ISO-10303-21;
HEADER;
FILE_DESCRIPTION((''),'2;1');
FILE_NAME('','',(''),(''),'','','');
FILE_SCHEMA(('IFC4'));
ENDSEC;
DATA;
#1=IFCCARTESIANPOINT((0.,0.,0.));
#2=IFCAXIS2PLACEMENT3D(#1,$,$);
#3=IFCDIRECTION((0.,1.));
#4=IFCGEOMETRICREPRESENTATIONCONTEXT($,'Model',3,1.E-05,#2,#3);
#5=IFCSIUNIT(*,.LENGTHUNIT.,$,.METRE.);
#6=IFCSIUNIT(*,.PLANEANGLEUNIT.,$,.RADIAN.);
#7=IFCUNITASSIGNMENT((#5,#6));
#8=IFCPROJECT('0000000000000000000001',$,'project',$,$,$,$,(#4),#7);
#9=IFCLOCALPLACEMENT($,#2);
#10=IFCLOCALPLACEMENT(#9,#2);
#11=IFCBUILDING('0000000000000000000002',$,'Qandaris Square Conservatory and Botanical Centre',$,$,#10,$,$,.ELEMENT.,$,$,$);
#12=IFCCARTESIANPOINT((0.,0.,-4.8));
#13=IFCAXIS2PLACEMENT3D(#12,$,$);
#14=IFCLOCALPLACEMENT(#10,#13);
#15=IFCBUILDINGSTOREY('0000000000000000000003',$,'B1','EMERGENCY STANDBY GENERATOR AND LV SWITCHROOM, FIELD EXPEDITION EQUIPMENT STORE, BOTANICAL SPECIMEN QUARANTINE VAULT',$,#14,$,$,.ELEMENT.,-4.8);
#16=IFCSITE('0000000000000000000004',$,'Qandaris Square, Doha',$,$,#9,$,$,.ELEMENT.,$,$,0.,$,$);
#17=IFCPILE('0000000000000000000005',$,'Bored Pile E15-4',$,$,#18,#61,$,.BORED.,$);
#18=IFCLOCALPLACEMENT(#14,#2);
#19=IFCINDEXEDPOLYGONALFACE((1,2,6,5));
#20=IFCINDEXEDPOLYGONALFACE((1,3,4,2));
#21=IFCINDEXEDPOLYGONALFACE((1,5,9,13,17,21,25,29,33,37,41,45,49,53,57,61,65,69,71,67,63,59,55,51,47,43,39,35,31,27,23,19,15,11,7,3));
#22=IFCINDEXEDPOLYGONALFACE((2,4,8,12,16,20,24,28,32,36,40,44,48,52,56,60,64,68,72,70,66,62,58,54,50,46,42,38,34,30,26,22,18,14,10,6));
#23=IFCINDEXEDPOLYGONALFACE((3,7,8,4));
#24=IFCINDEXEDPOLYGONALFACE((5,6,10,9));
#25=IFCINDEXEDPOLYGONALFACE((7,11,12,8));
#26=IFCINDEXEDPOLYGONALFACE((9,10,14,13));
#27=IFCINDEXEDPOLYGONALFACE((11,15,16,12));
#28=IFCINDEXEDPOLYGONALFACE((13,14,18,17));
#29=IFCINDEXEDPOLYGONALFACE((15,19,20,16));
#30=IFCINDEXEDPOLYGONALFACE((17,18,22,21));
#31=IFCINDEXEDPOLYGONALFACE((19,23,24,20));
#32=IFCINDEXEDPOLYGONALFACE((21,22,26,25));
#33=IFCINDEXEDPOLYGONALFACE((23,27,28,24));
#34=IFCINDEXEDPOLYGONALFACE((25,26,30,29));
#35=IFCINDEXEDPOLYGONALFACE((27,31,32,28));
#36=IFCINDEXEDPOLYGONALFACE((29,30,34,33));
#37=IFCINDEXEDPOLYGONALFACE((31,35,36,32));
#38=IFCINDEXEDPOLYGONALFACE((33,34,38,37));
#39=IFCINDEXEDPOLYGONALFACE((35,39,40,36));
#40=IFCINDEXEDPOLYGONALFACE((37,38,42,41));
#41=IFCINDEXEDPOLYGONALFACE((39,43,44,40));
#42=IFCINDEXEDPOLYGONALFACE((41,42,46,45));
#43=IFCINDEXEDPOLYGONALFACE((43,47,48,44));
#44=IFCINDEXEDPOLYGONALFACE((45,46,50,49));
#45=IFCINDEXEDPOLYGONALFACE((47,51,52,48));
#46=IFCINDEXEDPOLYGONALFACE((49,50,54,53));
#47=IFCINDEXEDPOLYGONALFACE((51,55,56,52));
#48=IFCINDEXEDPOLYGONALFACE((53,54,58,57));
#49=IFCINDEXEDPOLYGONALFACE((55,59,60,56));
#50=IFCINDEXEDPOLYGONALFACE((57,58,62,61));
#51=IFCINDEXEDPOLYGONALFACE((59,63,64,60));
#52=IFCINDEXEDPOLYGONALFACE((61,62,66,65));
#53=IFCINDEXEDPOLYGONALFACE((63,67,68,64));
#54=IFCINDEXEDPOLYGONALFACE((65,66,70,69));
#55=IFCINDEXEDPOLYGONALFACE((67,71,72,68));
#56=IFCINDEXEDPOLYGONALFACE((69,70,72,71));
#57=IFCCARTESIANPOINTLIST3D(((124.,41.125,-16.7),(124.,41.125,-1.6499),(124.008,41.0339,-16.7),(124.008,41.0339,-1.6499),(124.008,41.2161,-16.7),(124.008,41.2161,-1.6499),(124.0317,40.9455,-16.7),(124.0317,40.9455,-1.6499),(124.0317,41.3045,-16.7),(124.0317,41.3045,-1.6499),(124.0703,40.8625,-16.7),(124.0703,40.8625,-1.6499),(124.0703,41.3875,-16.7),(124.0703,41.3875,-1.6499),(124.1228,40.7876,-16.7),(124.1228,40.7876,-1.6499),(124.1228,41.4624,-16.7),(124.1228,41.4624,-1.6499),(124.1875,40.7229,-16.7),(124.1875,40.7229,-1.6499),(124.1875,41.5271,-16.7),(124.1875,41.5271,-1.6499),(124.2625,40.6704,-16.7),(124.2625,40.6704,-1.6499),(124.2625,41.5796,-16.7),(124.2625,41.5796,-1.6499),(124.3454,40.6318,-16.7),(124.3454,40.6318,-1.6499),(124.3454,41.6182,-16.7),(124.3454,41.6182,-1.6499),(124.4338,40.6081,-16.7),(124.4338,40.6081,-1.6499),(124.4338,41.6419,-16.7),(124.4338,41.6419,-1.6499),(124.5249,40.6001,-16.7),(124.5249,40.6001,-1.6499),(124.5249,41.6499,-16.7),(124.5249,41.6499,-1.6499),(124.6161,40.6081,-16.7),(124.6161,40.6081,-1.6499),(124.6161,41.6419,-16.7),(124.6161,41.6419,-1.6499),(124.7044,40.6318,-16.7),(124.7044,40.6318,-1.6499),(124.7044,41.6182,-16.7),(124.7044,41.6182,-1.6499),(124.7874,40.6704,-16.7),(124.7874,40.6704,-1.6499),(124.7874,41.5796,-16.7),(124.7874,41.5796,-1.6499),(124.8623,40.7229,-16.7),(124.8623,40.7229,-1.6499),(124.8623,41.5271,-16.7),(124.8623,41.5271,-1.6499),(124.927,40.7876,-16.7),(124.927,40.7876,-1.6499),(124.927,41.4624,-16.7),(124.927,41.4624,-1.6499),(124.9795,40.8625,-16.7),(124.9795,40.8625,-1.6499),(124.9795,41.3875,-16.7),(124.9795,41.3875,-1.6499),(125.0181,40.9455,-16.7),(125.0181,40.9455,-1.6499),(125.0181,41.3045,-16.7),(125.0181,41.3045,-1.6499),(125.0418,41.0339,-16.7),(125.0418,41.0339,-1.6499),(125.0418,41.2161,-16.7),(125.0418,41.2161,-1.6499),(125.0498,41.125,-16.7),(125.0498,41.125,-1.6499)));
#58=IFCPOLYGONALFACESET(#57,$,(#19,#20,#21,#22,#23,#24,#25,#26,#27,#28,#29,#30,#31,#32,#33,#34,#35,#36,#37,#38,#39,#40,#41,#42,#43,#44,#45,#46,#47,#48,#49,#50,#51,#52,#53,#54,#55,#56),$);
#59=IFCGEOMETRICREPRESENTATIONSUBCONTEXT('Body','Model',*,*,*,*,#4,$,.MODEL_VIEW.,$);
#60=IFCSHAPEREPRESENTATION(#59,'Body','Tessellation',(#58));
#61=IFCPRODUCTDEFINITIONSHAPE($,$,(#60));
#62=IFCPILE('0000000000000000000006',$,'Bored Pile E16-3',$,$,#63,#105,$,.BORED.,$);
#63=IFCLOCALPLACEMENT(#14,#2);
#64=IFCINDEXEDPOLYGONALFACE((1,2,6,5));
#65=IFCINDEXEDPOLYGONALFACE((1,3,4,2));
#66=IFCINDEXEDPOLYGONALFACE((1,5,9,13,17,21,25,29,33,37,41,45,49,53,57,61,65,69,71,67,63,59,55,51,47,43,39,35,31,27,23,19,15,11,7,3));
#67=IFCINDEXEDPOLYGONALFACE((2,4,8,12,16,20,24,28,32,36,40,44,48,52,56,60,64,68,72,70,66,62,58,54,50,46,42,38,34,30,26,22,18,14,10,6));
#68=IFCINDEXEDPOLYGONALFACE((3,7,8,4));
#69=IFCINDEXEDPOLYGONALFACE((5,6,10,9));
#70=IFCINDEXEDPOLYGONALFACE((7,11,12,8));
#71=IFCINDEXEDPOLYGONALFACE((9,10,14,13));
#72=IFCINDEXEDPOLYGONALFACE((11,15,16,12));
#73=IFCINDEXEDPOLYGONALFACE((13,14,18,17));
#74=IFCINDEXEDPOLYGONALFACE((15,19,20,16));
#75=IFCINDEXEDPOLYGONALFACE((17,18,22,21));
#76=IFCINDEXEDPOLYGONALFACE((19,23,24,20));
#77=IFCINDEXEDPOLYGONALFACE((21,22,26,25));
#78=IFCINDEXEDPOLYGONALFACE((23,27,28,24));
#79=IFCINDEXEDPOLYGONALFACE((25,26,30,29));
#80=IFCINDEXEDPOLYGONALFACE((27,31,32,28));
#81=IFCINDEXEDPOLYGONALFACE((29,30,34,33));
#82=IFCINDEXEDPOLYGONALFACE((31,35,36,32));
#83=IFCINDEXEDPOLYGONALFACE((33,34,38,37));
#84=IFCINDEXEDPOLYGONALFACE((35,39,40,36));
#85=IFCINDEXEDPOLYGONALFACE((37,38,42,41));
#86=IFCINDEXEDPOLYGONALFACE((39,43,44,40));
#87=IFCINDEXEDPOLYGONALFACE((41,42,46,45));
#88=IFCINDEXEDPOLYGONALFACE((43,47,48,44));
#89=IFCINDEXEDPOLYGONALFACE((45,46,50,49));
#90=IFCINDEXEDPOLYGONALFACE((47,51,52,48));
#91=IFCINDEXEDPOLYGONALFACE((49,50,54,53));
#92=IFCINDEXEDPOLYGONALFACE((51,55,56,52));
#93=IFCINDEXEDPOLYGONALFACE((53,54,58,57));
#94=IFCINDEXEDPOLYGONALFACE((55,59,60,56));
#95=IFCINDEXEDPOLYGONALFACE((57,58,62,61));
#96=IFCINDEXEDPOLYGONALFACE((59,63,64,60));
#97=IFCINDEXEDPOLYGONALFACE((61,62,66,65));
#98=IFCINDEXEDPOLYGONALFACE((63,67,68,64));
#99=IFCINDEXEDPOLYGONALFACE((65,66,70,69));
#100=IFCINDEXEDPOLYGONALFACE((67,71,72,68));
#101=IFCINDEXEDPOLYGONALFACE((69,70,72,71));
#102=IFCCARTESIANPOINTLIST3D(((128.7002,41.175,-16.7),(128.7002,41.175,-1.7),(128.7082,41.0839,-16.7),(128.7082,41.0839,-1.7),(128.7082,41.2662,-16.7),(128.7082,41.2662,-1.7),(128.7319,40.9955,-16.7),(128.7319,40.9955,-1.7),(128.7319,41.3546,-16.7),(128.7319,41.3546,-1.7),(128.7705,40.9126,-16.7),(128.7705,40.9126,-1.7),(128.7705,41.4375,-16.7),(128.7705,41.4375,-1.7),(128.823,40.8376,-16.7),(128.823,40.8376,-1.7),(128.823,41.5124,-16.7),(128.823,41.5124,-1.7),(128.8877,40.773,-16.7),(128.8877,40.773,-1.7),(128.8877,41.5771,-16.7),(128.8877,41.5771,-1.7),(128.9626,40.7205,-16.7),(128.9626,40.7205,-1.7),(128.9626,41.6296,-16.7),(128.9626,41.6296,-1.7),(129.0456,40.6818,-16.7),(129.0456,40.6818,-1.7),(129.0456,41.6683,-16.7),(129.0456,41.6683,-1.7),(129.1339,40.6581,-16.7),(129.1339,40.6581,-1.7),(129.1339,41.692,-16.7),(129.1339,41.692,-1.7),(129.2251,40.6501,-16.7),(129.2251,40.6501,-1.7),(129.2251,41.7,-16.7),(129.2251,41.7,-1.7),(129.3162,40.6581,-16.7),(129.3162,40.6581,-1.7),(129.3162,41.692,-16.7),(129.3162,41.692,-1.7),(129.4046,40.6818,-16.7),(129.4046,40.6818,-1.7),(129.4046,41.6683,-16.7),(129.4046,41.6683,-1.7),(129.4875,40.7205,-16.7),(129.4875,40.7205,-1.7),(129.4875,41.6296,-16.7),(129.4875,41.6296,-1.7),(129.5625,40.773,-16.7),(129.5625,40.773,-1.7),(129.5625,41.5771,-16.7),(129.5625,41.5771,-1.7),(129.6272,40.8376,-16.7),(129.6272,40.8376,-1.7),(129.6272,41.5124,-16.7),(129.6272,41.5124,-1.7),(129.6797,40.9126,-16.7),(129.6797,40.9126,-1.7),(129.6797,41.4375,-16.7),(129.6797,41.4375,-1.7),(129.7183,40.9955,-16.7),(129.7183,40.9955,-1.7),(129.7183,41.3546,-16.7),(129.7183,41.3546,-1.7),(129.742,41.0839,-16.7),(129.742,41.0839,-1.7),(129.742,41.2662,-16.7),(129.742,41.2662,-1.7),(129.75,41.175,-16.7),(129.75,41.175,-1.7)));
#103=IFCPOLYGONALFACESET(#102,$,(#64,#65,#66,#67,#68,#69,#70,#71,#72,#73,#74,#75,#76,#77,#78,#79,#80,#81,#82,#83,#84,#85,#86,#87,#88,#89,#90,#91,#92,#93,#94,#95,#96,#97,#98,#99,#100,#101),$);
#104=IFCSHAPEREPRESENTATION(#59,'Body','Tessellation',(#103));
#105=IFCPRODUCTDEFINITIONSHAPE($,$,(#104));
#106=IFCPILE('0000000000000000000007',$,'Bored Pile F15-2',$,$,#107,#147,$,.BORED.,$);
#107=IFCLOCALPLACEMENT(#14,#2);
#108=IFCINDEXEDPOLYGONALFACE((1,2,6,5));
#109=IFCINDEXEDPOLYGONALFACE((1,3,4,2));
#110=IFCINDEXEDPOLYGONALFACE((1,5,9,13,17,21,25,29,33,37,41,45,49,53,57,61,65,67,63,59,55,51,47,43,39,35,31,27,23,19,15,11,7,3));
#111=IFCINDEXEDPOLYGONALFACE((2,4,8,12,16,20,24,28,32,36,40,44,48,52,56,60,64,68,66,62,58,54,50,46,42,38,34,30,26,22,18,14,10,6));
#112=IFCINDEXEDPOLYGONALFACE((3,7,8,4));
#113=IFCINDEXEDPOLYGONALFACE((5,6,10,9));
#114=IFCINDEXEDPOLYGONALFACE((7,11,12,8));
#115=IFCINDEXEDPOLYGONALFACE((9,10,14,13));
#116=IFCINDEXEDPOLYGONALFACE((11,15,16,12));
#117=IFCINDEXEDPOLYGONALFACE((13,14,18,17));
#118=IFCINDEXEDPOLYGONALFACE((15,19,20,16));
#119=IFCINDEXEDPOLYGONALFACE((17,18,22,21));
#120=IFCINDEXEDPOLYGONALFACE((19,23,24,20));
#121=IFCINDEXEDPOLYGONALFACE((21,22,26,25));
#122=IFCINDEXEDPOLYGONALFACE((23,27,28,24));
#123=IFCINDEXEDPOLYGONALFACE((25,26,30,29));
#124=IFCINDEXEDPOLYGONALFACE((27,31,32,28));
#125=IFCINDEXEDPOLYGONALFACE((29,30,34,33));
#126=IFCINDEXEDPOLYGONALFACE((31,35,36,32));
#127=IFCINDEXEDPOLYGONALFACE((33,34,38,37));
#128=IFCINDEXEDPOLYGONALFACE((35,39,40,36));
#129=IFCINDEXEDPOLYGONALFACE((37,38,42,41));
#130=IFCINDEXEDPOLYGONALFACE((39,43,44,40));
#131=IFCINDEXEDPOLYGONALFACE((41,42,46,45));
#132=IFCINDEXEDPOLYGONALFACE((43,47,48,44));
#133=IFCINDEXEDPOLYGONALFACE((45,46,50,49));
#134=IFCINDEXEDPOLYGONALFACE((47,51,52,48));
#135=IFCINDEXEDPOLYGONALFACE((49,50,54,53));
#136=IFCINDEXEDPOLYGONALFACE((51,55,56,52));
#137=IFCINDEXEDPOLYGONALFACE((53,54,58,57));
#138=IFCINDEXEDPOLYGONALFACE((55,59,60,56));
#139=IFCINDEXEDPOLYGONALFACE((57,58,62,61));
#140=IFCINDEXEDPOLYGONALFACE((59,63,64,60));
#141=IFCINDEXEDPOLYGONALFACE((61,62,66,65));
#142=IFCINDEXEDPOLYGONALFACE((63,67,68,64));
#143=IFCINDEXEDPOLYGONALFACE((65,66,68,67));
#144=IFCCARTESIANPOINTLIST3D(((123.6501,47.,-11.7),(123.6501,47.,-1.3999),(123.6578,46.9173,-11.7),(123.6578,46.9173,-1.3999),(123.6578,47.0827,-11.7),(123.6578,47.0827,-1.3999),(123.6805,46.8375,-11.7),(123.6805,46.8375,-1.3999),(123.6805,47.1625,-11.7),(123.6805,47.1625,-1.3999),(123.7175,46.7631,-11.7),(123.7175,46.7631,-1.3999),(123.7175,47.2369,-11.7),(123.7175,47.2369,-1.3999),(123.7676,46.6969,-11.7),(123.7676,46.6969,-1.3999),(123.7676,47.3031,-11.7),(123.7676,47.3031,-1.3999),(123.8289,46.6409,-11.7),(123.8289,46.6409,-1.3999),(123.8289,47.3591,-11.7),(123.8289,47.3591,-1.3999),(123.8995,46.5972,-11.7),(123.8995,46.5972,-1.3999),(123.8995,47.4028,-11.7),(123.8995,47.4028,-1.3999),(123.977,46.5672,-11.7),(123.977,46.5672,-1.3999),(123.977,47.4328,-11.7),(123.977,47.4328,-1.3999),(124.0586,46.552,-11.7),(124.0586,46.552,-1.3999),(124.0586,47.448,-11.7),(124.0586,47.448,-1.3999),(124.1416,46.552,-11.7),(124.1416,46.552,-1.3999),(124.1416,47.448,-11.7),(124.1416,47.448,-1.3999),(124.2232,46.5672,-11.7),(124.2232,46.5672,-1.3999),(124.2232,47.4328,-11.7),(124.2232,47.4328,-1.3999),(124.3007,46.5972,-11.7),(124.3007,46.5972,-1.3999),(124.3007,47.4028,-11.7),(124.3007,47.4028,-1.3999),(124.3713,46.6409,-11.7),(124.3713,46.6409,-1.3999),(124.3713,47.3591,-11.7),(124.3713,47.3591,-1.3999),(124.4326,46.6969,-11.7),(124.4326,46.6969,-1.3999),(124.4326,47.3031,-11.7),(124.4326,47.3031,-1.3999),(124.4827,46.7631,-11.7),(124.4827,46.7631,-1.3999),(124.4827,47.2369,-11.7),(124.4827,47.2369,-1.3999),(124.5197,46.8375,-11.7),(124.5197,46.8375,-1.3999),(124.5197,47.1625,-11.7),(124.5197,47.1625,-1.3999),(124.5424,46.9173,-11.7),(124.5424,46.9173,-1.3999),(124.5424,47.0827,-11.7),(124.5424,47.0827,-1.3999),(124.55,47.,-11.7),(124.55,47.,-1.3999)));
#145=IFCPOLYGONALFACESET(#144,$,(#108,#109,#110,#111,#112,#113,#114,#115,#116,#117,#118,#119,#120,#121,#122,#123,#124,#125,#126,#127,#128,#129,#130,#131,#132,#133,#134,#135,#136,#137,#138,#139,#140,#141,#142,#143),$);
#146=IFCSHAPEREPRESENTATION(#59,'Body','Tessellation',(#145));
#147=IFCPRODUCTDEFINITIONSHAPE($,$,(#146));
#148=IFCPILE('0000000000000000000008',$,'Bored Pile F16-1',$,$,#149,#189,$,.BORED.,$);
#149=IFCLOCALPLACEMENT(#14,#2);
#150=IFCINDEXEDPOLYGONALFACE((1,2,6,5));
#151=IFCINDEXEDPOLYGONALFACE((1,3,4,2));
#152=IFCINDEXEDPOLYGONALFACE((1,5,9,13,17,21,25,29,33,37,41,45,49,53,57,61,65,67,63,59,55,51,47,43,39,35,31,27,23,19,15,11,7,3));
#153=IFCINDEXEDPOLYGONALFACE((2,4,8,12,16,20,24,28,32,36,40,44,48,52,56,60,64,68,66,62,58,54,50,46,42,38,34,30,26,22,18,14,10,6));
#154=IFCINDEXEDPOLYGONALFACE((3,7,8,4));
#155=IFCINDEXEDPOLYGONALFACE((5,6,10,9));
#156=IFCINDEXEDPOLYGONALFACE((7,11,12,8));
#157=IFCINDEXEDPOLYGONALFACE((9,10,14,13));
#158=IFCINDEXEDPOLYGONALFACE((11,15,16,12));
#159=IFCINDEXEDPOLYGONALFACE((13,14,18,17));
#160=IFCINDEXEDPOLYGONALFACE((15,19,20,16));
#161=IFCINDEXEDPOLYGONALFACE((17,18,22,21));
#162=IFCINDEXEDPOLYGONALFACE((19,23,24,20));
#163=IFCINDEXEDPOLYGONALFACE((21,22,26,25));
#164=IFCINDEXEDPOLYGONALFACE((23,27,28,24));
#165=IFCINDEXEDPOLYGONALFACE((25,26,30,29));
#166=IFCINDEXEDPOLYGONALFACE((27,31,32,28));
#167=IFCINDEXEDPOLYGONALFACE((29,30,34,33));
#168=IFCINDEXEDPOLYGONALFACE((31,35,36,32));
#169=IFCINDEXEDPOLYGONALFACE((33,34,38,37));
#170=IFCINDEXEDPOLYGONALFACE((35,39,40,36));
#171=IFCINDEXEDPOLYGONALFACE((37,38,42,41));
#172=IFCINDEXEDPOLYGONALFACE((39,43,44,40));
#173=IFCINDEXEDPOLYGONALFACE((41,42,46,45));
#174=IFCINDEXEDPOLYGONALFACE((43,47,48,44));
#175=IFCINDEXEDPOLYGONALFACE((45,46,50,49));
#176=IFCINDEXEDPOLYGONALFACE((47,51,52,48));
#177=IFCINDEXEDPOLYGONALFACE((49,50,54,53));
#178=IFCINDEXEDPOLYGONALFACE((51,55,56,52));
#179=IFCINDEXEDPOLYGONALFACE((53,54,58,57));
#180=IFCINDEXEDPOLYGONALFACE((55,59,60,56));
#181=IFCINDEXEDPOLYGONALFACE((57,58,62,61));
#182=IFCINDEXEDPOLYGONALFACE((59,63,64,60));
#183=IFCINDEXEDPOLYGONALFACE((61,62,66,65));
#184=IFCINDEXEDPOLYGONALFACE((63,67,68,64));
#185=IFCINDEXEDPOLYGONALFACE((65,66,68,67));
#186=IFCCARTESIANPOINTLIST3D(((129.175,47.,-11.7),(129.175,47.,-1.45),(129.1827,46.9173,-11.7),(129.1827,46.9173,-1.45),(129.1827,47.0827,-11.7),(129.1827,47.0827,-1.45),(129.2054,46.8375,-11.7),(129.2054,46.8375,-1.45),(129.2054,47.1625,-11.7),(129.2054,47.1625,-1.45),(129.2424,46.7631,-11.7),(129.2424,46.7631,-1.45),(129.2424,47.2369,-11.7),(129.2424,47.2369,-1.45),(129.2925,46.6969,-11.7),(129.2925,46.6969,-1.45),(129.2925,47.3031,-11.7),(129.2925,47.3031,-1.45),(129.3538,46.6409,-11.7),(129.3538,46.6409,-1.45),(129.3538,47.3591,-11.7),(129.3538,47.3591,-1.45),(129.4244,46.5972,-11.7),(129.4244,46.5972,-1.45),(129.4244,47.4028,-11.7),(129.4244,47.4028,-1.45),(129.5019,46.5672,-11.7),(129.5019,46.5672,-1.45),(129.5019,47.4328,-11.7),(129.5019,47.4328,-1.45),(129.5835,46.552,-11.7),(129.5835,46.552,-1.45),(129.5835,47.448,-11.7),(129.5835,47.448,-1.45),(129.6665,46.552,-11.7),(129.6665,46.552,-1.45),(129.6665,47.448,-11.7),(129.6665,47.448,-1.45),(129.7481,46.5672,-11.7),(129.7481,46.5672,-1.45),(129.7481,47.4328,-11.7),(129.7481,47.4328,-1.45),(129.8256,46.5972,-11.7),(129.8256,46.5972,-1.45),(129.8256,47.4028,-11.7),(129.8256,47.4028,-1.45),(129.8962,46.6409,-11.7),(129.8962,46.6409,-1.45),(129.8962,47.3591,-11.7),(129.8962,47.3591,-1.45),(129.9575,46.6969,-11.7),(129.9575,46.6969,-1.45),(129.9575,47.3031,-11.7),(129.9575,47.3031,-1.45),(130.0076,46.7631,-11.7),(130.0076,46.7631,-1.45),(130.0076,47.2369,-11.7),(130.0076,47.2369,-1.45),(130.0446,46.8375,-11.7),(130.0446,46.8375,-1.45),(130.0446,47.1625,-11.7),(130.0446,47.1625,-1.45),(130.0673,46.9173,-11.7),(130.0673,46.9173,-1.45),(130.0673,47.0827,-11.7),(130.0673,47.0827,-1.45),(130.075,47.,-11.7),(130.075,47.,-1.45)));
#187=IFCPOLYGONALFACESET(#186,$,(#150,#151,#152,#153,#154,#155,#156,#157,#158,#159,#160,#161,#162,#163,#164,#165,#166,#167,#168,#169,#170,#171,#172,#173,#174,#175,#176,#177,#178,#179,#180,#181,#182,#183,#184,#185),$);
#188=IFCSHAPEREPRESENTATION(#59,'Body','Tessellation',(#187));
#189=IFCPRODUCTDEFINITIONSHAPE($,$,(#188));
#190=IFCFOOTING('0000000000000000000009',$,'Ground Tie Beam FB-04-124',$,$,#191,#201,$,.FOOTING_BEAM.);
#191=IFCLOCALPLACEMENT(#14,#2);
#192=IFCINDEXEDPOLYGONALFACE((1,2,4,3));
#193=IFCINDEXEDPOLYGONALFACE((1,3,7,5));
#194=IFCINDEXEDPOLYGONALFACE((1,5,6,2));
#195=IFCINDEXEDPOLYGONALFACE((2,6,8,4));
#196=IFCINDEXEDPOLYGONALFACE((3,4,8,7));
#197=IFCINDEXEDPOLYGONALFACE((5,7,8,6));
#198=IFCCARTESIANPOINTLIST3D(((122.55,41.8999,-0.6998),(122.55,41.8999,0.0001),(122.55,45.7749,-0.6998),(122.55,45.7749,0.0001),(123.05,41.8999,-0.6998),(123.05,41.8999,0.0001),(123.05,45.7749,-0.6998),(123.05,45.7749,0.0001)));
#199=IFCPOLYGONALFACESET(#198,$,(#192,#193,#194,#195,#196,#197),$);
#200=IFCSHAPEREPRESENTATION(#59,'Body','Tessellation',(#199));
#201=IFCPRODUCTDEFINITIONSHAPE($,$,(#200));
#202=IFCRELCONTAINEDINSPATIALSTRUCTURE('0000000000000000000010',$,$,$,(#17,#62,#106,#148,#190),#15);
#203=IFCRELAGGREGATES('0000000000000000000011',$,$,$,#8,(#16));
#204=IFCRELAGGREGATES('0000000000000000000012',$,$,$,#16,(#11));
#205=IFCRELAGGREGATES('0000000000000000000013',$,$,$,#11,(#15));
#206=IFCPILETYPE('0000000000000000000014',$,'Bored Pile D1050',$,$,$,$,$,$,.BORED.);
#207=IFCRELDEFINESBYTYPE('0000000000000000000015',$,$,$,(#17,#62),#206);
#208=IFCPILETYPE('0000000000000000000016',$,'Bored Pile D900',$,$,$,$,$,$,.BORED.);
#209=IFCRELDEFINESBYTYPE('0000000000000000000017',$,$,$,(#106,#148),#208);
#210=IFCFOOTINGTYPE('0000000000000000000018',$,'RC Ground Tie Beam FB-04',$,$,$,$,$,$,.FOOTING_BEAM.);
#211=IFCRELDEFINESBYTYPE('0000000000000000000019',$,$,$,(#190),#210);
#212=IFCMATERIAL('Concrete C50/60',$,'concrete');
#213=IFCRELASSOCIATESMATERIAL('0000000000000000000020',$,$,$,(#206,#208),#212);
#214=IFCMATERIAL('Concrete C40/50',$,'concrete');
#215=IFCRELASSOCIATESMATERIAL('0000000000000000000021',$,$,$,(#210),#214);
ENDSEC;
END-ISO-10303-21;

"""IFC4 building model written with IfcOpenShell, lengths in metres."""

from ifc_helpers import new_model, si_unit, direction, frame, origin, origin_2d, place, context, subcontext, project, spatial, rectangle, circle, extrude, material, material_profile, profile_set, type_object, element, save


model = new_model("IFC4")

# Units and contexts
model_context = context("Model", 3, precision=1e-05, world=origin(), true_north=direction((0.0, 1.0)))
body_context = subcontext(model_context, "Body", "Model", "MODEL_VIEW")
ifc_project = project(units=[si_unit("LENGTHUNIT", "METRE"), si_unit("PLANEANGLEUNIT", "RADIAN")], contexts=[model_context])

# Site, building, storey
site_placement = place(None, origin())
site = spatial("IfcSite", under=ifc_project, at=site_placement, Name="Qandaris Square, Doha", CompositionType="ELEMENT", RefElevation=0.0)
building_placement = place(site_placement, origin())
building = spatial("IfcBuilding", under=site, at=building_placement, Name="Qandaris Square Conservatory and Botanical Centre", CompositionType="ELEMENT")
storey_placement = place(building_placement, frame((0.0, 0.0, -4.8)))
storey = spatial("IfcBuildingStorey", under=building, at=storey_placement, Name="B1", Description="EMERGENCY STANDBY GENERATOR AND LV SWITCHROOM, FIELD EXPEDITION EQUIPMENT STORE, BOTANICAL SPECIMEN QUARANTINE VAULT", CompositionType="ELEMENT", Elevation=-4.8)

# Piles
ifc_material_1 = material(Name="Concrete C50/60", Category="concrete")
ifc_material_profile_1 = material_profile(ifc_material_1, circle(Radius=0.5249, at=origin_2d()), Name="PILE D1050")
ifc_profile_set_1 = profile_set([ifc_material_profile_1], Name="Concrete C50/60")
pile_type_1 = type_object("IfcPileType", Name="Bored Pile D1050", PredefinedType="BORED", material=ifc_profile_set_1)
pile_1_placement = place(storey_placement, frame((124.5249, 41.125, -1.6499), z_axis=(0.0, 0.0, -1.0), x_axis=(1.0, 0.0, 0.0)))
element("IfcPile", 1, at=pile_1_placement, inside=storey, type_object=pile_type_1, Name="Bored Pile E15-4", PredefinedType="BORED", context=body_context, shape_type="SweptSolid", body=[
    extrude(circle(Radius=0.5249, at=origin_2d()), origin(), (0.0, 0.0, 1.0), 15.05),
])
pile_2_placement = place(storey_placement, frame((129.2251, 41.175, -1.7), z_axis=(0.0, 0.0, -1.0), x_axis=(1.0, 0.0, 0.0)))
element("IfcPile", 2, at=pile_2_placement, inside=storey, type_object=pile_type_1, Name="Bored Pile E16-3", PredefinedType="BORED", context=body_context, shape_type="SweptSolid", body=[
    extrude(circle(Radius=0.5249, at=origin_2d()), origin(), (0.0, 0.0, 1.0), 15.0),
])
ifc_material_profile_2 = material_profile(ifc_material_1, circle(Radius=0.45, at=origin_2d()), Name="PILE D900")
ifc_profile_set_2 = profile_set([ifc_material_profile_2], Name="Concrete C50/60")
pile_type_2 = type_object("IfcPileType", Name="Bored Pile D900", PredefinedType="BORED", material=ifc_profile_set_2)
pile_3_placement = place(storey_placement, frame((124.1001, 47.0, -1.3999), z_axis=(0.0, 0.0, -1.0), x_axis=(1.0, 0.0, 0.0)))
element("IfcPile", 3, at=pile_3_placement, inside=storey, type_object=pile_type_2, Name="Bored Pile F15-2", PredefinedType="BORED", context=body_context, shape_type="SweptSolid", body=[
    extrude(circle(Radius=0.45, at=origin_2d()), origin(), (0.0, 0.0, 1.0), 10.3),
])
pile_4_placement = place(storey_placement, frame((129.625, 47.0, -1.45), z_axis=(0.0, 0.0, -1.0), x_axis=(1.0, 0.0, 0.0)))
element("IfcPile", 4, at=pile_4_placement, inside=storey, type_object=pile_type_2, Name="Bored Pile F16-1", PredefinedType="BORED", context=body_context, shape_type="SweptSolid", body=[
    extrude(circle(Radius=0.45, at=origin_2d()), origin(), (0.0, 0.0, 1.0), 10.25),
])

# Footing
ifc_material_2 = material(Name="Concrete C40/50", Category="concrete")
ifc_material_profile_3 = material_profile(ifc_material_2, rectangle(XDim=0.5, YDim=0.7, at=origin_2d()), Name="FB 500x700")
ifc_profile_set_3 = profile_set([ifc_material_profile_3], Name="Concrete C40/50")
footing_type_1 = type_object("IfcFootingType", Name="RC Ground Tie Beam FB-04", PredefinedType="FOOTING_BEAM", material=ifc_profile_set_3)
footing_1_placement = place(storey_placement, frame((122.8, 41.8999, -0.3499), z_axis=(0.0, 1.0, 0.0), x_axis=(-1.0, 0.0, 0.0)))
element("IfcFooting", 5, at=footing_1_placement, inside=storey, type_object=footing_type_1, Name="Ground Tie Beam FB-04-124", PredefinedType="FOOTING_BEAM", context=body_context, shape_type="SweptSolid", body=[
    extrude(rectangle(XDim=0.5, YDim=0.7, at=origin_2d()), origin(), (0.0, 0.0, 1.0), 3.875),
])

save(model, "model.ifc")
